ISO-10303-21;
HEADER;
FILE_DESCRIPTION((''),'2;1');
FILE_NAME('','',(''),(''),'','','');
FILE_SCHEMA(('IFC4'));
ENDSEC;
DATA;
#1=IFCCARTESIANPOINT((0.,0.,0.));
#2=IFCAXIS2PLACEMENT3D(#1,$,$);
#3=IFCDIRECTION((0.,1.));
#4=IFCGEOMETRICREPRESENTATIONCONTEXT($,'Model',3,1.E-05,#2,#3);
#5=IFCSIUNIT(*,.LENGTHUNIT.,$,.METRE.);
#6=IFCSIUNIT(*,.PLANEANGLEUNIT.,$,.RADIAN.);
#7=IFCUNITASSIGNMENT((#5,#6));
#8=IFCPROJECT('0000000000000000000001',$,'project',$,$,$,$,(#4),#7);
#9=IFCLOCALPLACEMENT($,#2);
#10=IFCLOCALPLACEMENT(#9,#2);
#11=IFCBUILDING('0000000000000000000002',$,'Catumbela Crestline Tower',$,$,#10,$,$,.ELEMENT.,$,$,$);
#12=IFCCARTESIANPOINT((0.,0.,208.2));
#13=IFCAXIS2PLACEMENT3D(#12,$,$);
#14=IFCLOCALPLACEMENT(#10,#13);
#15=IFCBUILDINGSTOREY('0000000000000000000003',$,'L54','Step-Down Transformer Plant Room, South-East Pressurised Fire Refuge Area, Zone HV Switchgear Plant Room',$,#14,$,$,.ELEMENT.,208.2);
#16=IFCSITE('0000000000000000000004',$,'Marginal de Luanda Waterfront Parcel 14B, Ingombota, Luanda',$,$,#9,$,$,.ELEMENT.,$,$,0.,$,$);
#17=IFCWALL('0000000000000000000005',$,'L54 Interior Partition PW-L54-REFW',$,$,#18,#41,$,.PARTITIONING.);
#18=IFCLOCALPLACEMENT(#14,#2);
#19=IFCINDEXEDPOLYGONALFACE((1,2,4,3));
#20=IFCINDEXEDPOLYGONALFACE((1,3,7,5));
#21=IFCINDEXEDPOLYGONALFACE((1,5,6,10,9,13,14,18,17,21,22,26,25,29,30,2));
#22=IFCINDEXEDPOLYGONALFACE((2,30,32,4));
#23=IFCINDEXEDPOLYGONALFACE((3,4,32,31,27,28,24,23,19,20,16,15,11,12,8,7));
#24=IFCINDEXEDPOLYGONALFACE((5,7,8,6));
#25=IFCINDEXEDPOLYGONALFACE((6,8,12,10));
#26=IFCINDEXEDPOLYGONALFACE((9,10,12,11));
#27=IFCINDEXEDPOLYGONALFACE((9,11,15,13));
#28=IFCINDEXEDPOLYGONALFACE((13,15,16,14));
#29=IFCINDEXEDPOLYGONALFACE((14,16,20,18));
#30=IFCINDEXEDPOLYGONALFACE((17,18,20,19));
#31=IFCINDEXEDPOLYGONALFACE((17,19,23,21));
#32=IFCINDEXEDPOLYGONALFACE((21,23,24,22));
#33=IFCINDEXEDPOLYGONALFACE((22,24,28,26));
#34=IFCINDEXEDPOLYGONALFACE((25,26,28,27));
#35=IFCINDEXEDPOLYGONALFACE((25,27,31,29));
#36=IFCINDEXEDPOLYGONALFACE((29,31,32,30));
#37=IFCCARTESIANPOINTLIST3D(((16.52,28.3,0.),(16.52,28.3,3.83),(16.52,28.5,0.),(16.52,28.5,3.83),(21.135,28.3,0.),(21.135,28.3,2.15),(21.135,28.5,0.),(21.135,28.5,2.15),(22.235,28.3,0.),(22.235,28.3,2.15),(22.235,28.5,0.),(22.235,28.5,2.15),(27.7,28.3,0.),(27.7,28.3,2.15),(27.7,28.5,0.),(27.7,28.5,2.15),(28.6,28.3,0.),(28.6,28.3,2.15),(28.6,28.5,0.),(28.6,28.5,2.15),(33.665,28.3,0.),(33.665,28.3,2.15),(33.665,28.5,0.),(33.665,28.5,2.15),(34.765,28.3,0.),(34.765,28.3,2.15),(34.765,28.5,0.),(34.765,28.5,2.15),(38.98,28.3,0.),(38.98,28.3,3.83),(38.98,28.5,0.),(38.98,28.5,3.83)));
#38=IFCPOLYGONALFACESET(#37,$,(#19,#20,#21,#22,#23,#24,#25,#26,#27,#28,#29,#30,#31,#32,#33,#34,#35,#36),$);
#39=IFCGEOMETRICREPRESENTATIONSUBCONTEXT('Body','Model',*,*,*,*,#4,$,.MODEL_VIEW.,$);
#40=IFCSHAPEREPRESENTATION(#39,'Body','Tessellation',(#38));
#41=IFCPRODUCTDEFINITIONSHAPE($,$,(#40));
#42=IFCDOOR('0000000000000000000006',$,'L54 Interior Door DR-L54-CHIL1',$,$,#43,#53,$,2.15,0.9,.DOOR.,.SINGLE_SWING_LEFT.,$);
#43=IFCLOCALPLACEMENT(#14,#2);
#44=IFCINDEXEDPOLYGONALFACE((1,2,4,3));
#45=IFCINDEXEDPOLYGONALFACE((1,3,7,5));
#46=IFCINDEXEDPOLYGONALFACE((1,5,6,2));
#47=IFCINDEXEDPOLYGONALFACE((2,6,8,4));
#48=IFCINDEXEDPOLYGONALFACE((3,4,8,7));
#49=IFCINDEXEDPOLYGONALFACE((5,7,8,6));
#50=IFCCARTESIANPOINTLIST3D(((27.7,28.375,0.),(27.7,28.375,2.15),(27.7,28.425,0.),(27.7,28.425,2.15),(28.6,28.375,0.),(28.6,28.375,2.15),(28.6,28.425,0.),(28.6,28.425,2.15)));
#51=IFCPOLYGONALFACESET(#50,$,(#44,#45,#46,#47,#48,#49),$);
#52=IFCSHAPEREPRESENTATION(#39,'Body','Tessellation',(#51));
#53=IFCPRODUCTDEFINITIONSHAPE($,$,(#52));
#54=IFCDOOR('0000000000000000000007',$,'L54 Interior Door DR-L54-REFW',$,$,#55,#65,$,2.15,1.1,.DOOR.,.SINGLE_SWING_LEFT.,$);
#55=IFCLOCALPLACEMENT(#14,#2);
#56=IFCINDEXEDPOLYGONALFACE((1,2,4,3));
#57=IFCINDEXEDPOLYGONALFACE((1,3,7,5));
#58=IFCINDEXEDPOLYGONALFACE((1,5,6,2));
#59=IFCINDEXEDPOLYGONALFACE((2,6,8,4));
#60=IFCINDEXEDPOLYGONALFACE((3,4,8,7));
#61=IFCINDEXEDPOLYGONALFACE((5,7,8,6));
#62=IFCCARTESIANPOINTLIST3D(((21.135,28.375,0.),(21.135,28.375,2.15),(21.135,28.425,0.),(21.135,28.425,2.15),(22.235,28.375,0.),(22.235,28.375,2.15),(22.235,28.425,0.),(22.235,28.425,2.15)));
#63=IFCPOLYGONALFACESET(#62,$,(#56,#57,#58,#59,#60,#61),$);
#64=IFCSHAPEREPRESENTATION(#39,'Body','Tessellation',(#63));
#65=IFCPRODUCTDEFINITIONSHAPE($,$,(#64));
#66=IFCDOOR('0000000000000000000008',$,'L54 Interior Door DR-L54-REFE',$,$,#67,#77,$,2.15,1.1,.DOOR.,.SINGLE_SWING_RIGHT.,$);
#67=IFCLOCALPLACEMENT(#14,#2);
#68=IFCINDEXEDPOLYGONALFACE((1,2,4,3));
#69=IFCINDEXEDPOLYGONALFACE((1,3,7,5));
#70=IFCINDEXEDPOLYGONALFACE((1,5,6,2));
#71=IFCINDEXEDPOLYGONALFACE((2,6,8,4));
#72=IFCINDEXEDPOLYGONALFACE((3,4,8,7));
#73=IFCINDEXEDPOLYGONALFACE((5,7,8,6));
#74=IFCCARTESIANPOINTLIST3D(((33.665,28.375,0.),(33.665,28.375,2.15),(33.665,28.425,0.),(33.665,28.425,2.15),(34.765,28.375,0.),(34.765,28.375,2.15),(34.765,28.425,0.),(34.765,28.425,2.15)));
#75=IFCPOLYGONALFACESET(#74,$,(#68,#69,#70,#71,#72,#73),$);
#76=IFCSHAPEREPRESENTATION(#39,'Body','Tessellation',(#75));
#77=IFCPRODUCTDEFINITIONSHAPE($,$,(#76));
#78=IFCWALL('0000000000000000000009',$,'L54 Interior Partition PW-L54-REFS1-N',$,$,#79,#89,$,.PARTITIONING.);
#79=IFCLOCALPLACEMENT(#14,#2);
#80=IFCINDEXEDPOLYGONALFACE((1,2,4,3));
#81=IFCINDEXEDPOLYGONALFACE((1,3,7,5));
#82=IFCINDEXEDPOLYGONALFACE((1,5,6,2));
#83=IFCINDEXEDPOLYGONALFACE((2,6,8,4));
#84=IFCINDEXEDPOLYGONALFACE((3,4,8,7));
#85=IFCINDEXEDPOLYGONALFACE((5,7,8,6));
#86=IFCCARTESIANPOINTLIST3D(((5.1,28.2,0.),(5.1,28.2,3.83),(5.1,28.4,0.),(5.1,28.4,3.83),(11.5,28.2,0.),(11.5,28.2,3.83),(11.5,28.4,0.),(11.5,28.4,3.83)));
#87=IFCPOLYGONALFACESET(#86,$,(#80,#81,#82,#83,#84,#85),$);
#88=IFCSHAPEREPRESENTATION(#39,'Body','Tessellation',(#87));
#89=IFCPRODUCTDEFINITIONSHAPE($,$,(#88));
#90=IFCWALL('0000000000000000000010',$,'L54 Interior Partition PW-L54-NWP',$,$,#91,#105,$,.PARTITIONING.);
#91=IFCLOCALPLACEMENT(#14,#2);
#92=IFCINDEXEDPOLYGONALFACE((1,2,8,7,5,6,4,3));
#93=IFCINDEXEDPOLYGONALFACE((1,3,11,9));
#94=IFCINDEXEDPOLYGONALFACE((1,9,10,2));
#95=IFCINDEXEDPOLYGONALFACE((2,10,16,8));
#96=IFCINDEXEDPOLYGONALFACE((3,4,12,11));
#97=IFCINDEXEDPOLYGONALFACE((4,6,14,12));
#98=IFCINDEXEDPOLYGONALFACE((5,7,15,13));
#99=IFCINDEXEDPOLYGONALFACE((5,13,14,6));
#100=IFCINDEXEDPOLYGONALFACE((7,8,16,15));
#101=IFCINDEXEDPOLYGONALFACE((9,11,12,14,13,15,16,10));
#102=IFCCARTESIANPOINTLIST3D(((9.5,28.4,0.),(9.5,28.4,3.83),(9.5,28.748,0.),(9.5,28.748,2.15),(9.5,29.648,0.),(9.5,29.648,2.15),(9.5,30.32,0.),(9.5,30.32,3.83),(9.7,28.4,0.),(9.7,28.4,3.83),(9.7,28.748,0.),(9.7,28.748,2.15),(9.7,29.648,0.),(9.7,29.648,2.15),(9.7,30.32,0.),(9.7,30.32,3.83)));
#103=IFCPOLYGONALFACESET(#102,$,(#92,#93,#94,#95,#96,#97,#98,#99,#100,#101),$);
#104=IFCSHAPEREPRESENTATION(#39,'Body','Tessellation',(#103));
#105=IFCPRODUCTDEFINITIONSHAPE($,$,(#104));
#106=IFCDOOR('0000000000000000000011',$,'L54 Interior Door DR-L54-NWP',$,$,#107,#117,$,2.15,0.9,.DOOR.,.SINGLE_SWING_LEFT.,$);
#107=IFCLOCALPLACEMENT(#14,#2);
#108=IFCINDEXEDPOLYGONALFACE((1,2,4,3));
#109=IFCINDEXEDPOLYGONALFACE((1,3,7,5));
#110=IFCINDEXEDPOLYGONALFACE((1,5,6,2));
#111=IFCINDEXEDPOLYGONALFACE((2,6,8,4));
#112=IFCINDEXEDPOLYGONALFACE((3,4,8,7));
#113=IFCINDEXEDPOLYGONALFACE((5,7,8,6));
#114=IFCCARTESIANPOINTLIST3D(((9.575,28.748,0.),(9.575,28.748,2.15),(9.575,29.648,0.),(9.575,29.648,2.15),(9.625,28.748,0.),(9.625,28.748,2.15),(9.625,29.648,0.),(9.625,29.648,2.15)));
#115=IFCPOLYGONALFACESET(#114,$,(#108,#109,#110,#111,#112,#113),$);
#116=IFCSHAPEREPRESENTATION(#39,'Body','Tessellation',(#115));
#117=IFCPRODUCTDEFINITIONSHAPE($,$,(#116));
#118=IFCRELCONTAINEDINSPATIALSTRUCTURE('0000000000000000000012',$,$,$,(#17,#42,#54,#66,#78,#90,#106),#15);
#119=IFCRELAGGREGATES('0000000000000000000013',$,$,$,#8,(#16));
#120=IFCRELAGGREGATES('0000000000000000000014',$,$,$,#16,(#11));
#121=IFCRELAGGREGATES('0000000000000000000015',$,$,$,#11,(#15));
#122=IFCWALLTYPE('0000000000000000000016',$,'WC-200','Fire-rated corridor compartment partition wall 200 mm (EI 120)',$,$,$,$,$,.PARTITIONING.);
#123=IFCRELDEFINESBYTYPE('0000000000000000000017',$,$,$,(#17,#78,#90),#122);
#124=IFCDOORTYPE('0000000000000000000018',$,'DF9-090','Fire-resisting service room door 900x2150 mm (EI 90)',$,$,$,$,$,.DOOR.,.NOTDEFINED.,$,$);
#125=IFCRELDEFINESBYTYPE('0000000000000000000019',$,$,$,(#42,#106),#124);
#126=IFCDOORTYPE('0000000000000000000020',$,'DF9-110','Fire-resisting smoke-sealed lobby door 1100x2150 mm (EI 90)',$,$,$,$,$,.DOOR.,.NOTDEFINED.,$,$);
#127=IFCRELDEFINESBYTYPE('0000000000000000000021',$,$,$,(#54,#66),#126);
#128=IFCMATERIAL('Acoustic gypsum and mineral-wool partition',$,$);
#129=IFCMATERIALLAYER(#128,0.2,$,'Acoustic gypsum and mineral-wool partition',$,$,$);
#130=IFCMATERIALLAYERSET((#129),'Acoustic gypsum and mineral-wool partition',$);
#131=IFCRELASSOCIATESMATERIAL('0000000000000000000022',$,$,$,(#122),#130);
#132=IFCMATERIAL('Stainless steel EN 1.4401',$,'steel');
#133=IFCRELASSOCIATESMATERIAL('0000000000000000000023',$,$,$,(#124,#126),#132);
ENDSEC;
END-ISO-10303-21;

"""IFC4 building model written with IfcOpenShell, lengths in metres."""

from ifc_helpers import new_model, si_unit, direction, frame, frame_2d, origin, place, context, subcontext, project, spatial, rectangle, extrude, material, layer, layer_set, type_object, element, fill, save


model = new_model("IFC4")

# Units and contexts
model_context = context("Model", 3, precision=1e-05, world=origin(), true_north=direction((0.0, 1.0)))
body_context = subcontext(model_context, "Body", "Model", "MODEL_VIEW")
ifc_project = project(units=[si_unit("LENGTHUNIT", "METRE"), si_unit("PLANEANGLEUNIT", "RADIAN")], contexts=[model_context])

# Site, building, storey
site_placement = place(None, origin())
site = spatial("IfcSite", under=ifc_project, at=site_placement, Name="Marginal de Luanda Waterfront Parcel 14B, Ingombota, Luanda", CompositionType="ELEMENT", RefElevation=0.0)
building_placement = place(site_placement, origin())
building = spatial("IfcBuilding", under=site, at=building_placement, Name="Catumbela Crestline Tower", CompositionType="ELEMENT")
storey_placement = place(building_placement, frame((0.0, 0.0, 208.2)))
storey = spatial("IfcBuildingStorey", under=building, at=storey_placement, Name="L54", Description="Step-Down Transformer Plant Room, South-East Pressurised Fire Refuge Area, Zone HV Switchgear Plant Room", CompositionType="ELEMENT", Elevation=208.2)

# Shared definitions
ifc_material_1 = material(Name="Acoustic gypsum and mineral-wool partition")
ifc_layer_1 = layer(ifc_material_1, 0.2, Name="Acoustic gypsum and mineral-wool partition")
ifc_layer_set_1 = layer_set([ifc_layer_1], Name="Acoustic gypsum and mineral-wool partition")
wall_type_1 = type_object("IfcWallType", Name="WC-200", Description="Fire-rated corridor compartment partition wall 200 mm (EI 120)", PredefinedType="PARTITIONING", material=ifc_layer_set_1)

# Wall, openings, doors
wall_1_placement = place(storey_placement, frame((16.52, 28.4, 0.0), z_axis=(0.0, 0.0, 1.0), x_axis=(1.0, 0.0, 0.0)))
wall_1 = element("IfcWall", 1, at=wall_1_placement, inside=storey, type_object=wall_type_1, Name="L54 Interior Partition PW-L54-REFW", PredefinedType="PARTITIONING", context=body_context, shape_type="SweptSolid", body=[
    extrude(rectangle(XDim=22.46, YDim=0.2, at=frame_2d((11.23, 0.0))), origin(), (0.0, 0.0, 1.0), 3.83),
])
opening_1_placement = place(wall_1_placement, frame((4.615, 0.0, 0.0)))
opening_1 = element("IfcOpeningElement", 2, at=opening_1_placement, cuts=wall_1, PredefinedType="OPENING", context=body_context, shape_type="SweptSolid", body=[
    extrude(rectangle(XDim=1.1, YDim=2.15, at=frame_2d((0.55, 1.075))), frame((0.0, 0.11, 0.0), z_axis=(0.0, -1.0, 0.0), x_axis=(1.0, 0.0, 0.0)), (0.0, 0.0, 1.0), 0.22),
])
opening_2_placement = place(wall_1_placement, frame((11.18, 0.0, 0.0)))
opening_2 = element("IfcOpeningElement", 3, at=opening_2_placement, cuts=wall_1, PredefinedType="OPENING", context=body_context, shape_type="SweptSolid", body=[
    extrude(rectangle(XDim=0.9, YDim=2.15, at=frame_2d((0.45, 1.075))), frame((0.0, 0.11, 0.0), z_axis=(0.0, -1.0, 0.0), x_axis=(1.0, 0.0, 0.0)), (0.0, 0.0, 1.0), 0.22),
])
opening_3_placement = place(wall_1_placement, frame((17.145, 0.0, 0.0)))
opening_3 = element("IfcOpeningElement", 4, at=opening_3_placement, cuts=wall_1, PredefinedType="OPENING", context=body_context, shape_type="SweptSolid", body=[
    extrude(rectangle(XDim=1.1, YDim=2.15, at=frame_2d((0.55, 1.075))), frame((0.0, 0.11, 0.0), z_axis=(0.0, -1.0, 0.0), x_axis=(1.0, 0.0, 0.0)), (0.0, 0.0, 1.0), 0.22),
])
ifc_material_2 = material(Name="Stainless steel EN 1.4401", Category="steel")
door_type_1 = type_object("IfcDoorType", Name="DF9-090", Description="Fire-resisting service room door 900x2150 mm (EI 90)", OperationType="NOTDEFINED", PredefinedType="DOOR", material=ifc_material_2)
door_1_placement = place(opening_2_placement, origin())
door_1 = element("IfcDoor", 5, at=door_1_placement, inside=storey, type_object=door_type_1, Name="L54 Interior Door DR-L54-CHIL1", OperationType="SINGLE_SWING_LEFT", OverallHeight=2.15, OverallWidth=0.9, PredefinedType="DOOR", context=body_context, shape_type="SweptSolid", body=[
    extrude(rectangle(XDim=0.9, YDim=2.15, at=frame_2d((0.45, 1.075))), frame((0.0, 0.025, 0.0), z_axis=(0.0, -1.0, 0.0), x_axis=(1.0, 0.0, 0.0)), (0.0, 0.0, 1.0), 0.05),
])
fill(opening_2, door_1)
door_type_2 = type_object("IfcDoorType", Name="DF9-110", Description="Fire-resisting smoke-sealed lobby door 1100x2150 mm (EI 90)", OperationType="NOTDEFINED", PredefinedType="DOOR", material=ifc_material_2)
door_2_placement = place(opening_1_placement, origin())
door_2 = element("IfcDoor", 6, at=door_2_placement, inside=storey, type_object=door_type_2, Name="L54 Interior Door DR-L54-REFW", OperationType="SINGLE_SWING_LEFT", OverallHeight=2.15, OverallWidth=1.1, PredefinedType="DOOR", context=body_context, shape_type="SweptSolid", body=[
    extrude(rectangle(XDim=1.1, YDim=2.15, at=frame_2d((0.55, 1.075))), frame((0.0, 0.025, 0.0), z_axis=(0.0, -1.0, 0.0), x_axis=(1.0, 0.0, 0.0)), (0.0, 0.0, 1.0), 0.05),
])
fill(opening_1, door_2)
door_3_placement = place(opening_3_placement, origin())
door_3 = element("IfcDoor", 7, at=door_3_placement, inside=storey, type_object=door_type_2, Name="L54 Interior Door DR-L54-REFE", OperationType="SINGLE_SWING_RIGHT", OverallHeight=2.15, OverallWidth=1.1, PredefinedType="DOOR", context=body_context, shape_type="SweptSolid", body=[
    extrude(rectangle(XDim=1.1, YDim=2.15, at=frame_2d((0.55, 1.075))), frame((0.0, 0.025, 0.0), z_axis=(0.0, -1.0, 0.0), x_axis=(1.0, 0.0, 0.0)), (0.0, 0.0, 1.0), 0.05),
])
fill(opening_3, door_3)

# Wall
wall_2_placement = place(storey_placement, frame((5.1, 28.3, 0.0), z_axis=(0.0, 0.0, 1.0), x_axis=(1.0, 0.0, 0.0)))
element("IfcWall", 8, at=wall_2_placement, inside=storey, type_object=wall_type_1, Name="L54 Interior Partition PW-L54-REFS1-N", PredefinedType="PARTITIONING", context=body_context, shape_type="SweptSolid", body=[
    extrude(rectangle(XDim=6.4, YDim=0.2, at=frame_2d((3.2, 0.0))), origin(), (0.0, 0.0, 1.0), 3.83),
])

# Wall, opening, door
wall_3_placement = place(storey_placement, frame((9.6, 28.4, 0.0), z_axis=(0.0, 0.0, 1.0), x_axis=(0.0, 1.0, 0.0)))
wall_3 = element("IfcWall", 9, at=wall_3_placement, inside=storey, type_object=wall_type_1, Name="L54 Interior Partition PW-L54-NWP", PredefinedType="PARTITIONING", context=body_context, shape_type="SweptSolid", body=[
    extrude(rectangle(XDim=1.92, YDim=0.2, at=frame_2d((0.96, 0.0))), origin(), (0.0, 0.0, 1.0), 3.83),
])
opening_4_placement = place(wall_3_placement, frame((0.348, 0.0, 0.0)))
opening_4 = element("IfcOpeningElement", 10, at=opening_4_placement, cuts=wall_3, PredefinedType="OPENING", context=body_context, shape_type="SweptSolid", body=[
    extrude(rectangle(XDim=0.9, YDim=2.15, at=frame_2d((0.45, 1.075))), frame((0.0, 0.11, 0.0), z_axis=(0.0, -1.0, 0.0), x_axis=(1.0, 0.0, 0.0)), (0.0, 0.0, 1.0), 0.22),
])
door_4_placement = place(opening_4_placement, origin())
door_4 = element("IfcDoor", 11, at=door_4_placement, inside=storey, type_object=door_type_1, Name="L54 Interior Door DR-L54-NWP", OperationType="SINGLE_SWING_LEFT", OverallHeight=2.15, OverallWidth=0.9, PredefinedType="DOOR", context=body_context, shape_type="SweptSolid", body=[
    extrude(rectangle(XDim=0.9, YDim=2.15, at=frame_2d((0.45, 1.075))), frame((0.0, 0.025, 0.0), z_axis=(0.0, -1.0, 0.0), x_axis=(1.0, 0.0, 0.0)), (0.0, 0.0, 1.0), 0.05),
])
fill(opening_4, door_4)

save(model, "model.ifc")
